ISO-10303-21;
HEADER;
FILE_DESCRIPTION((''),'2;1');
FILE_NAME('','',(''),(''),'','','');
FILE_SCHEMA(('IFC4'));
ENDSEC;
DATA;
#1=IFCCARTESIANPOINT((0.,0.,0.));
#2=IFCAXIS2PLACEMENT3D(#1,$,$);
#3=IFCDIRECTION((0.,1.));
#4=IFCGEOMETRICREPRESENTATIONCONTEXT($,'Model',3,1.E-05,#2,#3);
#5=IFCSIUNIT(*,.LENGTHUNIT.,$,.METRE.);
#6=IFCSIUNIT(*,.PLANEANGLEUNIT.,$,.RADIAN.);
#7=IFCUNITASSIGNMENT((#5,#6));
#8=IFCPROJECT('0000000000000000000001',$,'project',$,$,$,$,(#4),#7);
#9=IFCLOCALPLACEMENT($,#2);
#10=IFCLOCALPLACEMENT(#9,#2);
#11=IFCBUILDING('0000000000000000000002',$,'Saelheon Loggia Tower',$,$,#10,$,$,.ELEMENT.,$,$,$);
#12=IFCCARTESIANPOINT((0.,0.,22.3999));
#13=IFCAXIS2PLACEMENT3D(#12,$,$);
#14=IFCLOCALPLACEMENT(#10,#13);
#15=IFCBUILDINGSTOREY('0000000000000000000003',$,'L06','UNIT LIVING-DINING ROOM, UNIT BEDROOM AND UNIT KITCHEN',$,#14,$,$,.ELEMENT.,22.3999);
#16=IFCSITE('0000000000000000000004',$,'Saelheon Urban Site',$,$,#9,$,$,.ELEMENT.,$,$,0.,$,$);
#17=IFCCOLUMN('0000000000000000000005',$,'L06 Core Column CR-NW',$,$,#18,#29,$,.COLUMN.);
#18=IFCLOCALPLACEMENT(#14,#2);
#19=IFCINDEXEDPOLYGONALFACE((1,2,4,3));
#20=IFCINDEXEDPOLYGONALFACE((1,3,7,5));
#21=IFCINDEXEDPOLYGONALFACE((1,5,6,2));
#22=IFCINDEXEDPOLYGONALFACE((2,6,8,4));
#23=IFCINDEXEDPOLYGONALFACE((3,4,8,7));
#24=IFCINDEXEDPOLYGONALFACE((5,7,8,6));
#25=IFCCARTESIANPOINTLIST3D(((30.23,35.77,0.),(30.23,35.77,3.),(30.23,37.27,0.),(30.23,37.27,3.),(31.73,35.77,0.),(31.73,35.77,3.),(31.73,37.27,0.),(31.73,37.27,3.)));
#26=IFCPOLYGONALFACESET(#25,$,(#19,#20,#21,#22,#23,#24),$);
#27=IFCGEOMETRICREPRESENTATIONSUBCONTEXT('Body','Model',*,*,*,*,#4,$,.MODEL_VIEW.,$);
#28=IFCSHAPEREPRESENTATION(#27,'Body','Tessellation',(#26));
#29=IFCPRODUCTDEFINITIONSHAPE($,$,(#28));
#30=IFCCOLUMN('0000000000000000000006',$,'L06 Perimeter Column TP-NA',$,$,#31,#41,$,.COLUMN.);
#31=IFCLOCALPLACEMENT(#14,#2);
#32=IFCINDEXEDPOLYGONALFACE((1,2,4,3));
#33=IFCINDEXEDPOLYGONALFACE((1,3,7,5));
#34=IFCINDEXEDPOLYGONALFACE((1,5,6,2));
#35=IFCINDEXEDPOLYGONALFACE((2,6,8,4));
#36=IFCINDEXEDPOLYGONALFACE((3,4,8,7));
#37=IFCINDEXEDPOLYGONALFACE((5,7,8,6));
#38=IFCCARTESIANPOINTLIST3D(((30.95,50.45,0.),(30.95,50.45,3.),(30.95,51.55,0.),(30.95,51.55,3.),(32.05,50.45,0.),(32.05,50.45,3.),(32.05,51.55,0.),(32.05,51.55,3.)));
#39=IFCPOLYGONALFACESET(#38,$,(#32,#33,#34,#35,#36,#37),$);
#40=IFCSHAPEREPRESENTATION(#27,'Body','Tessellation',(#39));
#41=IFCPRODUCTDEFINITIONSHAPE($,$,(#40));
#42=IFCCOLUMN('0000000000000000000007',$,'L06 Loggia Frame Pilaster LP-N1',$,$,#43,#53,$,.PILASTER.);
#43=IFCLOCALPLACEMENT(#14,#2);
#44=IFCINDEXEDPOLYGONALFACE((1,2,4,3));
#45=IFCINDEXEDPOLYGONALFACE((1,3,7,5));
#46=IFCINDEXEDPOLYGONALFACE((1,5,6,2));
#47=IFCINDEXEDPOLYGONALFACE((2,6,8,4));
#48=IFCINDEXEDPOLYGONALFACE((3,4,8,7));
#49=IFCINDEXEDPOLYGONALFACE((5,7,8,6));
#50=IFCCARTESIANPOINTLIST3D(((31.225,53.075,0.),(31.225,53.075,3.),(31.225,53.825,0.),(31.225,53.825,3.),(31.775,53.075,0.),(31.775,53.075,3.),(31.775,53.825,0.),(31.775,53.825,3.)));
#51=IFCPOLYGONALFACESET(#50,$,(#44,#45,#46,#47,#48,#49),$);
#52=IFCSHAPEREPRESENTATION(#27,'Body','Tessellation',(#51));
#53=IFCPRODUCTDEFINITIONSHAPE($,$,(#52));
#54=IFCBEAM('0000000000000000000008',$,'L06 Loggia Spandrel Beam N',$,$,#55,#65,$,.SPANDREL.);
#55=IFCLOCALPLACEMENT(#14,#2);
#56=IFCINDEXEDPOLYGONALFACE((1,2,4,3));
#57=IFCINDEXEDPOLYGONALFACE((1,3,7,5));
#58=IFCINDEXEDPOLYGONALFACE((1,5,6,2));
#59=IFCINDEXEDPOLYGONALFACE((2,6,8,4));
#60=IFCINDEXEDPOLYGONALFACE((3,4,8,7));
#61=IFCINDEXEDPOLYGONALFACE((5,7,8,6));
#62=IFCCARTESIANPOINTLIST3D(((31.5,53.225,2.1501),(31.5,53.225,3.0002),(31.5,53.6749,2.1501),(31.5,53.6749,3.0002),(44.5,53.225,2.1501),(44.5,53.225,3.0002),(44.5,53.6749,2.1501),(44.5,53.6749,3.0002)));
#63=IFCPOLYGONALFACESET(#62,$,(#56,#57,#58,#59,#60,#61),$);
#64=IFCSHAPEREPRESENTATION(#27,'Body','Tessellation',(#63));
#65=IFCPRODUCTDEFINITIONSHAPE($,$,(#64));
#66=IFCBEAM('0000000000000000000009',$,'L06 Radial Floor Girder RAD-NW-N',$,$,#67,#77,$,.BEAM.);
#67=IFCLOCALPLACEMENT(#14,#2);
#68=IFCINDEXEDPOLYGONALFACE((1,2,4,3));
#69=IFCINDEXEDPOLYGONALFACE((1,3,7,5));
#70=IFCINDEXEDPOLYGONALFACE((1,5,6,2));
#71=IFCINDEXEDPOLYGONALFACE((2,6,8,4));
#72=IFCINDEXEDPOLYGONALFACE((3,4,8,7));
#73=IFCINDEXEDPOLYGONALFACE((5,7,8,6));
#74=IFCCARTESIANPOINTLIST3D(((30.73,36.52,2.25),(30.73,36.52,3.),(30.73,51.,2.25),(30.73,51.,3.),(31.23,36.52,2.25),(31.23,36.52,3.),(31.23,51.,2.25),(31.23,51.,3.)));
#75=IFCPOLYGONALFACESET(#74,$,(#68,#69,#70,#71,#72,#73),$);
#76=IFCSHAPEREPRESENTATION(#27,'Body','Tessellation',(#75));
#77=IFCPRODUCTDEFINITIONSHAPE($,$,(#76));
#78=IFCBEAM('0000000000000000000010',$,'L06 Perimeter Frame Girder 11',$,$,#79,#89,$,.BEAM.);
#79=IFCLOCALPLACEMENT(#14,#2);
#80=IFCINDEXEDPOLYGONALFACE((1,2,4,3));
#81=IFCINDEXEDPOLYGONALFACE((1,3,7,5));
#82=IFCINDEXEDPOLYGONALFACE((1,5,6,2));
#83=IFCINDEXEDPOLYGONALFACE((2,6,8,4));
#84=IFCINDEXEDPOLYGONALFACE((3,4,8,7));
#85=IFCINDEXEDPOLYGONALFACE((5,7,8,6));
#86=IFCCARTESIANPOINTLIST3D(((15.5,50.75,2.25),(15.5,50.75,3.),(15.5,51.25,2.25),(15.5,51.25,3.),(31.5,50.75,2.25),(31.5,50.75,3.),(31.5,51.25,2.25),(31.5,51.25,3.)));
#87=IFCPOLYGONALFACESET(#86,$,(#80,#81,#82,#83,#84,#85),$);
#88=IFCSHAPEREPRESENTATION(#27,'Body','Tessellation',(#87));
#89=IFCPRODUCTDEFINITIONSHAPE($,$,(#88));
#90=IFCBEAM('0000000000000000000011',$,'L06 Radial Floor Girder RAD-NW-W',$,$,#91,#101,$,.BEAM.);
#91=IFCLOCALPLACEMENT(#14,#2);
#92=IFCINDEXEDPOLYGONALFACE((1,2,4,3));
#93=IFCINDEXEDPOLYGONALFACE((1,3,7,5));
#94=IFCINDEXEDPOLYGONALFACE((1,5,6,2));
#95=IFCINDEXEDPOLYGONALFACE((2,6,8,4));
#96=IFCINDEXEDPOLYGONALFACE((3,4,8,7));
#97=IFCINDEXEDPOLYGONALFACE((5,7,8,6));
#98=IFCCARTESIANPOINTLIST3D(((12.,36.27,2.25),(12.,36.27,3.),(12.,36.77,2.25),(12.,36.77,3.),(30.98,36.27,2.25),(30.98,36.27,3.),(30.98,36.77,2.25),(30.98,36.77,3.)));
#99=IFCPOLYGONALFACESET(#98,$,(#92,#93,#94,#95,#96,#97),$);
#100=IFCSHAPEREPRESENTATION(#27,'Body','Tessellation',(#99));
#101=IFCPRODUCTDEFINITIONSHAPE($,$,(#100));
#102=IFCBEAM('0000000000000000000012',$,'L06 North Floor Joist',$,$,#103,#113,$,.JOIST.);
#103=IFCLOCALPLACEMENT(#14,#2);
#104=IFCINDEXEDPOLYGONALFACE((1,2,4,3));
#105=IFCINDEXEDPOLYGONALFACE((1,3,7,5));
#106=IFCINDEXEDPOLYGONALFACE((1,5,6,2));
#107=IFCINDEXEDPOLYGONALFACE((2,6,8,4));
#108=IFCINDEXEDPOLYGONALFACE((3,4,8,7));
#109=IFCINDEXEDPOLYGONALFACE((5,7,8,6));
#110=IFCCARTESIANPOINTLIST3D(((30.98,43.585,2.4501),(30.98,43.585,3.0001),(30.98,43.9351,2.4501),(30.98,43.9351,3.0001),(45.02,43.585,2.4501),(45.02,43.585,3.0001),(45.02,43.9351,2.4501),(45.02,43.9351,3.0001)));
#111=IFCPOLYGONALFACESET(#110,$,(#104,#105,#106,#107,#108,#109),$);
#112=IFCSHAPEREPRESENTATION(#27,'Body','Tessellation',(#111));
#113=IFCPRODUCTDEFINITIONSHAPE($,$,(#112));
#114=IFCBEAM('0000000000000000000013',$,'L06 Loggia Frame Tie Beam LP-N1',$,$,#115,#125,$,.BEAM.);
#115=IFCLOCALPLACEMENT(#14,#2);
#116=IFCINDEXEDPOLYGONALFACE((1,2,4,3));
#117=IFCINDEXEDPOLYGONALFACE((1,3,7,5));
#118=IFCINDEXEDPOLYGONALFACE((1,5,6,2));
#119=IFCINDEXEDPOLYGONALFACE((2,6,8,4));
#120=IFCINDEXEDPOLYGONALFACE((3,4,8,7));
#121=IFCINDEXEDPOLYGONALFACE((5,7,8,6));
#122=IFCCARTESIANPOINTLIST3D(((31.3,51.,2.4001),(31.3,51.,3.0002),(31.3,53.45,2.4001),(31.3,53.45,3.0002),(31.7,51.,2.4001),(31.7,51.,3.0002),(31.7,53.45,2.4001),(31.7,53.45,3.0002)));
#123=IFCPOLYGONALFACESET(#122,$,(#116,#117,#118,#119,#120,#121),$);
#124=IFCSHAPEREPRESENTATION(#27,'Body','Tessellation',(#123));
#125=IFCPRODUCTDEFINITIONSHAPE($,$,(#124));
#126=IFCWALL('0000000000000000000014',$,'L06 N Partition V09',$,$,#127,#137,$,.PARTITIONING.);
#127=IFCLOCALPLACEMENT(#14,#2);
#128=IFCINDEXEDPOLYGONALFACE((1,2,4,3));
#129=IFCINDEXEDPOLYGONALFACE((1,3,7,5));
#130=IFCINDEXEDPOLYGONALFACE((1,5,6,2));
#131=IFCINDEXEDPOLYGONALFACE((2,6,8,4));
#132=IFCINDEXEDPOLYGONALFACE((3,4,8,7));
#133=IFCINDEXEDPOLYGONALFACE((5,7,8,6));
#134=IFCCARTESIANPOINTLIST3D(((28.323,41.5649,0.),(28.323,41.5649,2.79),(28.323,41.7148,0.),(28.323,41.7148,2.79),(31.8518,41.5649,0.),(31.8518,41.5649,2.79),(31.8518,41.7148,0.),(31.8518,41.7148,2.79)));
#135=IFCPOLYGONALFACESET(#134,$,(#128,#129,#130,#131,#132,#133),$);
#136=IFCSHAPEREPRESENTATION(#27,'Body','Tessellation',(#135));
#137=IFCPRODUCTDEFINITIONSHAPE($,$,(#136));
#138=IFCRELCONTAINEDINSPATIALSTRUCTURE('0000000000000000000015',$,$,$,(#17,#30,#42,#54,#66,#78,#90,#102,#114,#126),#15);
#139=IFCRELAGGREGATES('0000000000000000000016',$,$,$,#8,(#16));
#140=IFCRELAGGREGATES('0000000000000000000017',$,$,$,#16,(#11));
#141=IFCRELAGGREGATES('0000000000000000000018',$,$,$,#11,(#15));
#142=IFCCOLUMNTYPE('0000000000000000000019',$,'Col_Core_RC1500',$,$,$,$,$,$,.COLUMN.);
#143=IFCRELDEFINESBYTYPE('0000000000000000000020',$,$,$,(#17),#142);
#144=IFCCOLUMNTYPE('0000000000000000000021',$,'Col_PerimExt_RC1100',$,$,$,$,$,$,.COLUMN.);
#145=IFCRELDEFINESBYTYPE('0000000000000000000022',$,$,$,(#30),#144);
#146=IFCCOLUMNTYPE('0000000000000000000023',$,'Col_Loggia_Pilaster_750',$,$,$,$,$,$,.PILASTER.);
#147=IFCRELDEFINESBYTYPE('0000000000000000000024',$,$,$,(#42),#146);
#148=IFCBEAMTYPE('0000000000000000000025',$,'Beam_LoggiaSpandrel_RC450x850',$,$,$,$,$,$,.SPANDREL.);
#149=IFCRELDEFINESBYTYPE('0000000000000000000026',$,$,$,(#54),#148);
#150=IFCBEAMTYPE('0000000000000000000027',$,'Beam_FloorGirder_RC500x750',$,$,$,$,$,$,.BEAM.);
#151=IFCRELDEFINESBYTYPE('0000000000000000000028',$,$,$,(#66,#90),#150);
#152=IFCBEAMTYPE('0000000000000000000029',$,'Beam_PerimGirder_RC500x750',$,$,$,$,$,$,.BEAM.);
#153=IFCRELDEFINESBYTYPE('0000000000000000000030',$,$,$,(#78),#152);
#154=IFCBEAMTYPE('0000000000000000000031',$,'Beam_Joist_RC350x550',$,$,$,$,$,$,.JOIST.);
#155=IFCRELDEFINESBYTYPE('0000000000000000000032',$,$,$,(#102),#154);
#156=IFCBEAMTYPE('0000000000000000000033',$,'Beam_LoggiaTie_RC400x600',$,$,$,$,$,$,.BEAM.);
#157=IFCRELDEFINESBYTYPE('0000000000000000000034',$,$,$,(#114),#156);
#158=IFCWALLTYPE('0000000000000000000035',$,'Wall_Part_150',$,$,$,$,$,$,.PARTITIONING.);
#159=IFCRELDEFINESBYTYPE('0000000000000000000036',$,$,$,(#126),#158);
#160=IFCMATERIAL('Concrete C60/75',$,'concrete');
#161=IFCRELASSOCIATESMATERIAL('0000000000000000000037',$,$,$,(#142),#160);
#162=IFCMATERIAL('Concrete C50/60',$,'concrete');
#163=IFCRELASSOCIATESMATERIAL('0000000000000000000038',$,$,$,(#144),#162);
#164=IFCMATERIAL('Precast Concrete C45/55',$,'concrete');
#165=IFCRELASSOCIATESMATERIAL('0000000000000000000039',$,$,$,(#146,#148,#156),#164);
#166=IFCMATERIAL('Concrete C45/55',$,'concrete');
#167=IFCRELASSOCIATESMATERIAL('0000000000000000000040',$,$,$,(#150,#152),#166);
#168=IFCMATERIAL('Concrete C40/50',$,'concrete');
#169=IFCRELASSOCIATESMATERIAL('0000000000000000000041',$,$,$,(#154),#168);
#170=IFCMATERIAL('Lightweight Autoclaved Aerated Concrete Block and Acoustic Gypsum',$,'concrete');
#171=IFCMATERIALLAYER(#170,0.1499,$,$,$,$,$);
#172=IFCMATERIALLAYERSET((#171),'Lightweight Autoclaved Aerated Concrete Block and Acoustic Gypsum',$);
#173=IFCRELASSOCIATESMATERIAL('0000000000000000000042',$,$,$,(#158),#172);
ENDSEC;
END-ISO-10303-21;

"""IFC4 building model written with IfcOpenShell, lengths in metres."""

from ifc_helpers import new_model, si_unit, direction, frame, frame_2d, origin, origin_2d, place, context, subcontext, project, spatial, rectangle, extrude, source, transform, mapped, material, layer, layer_set, material_profile, profile_set, type_object, element, save


model = new_model("IFC4")

# Units and contexts
model_context = context("Model", 3, precision=1e-05, world=origin(), true_north=direction((0.0, 1.0)))
body_context = subcontext(model_context, "Body", "Model", "MODEL_VIEW")
ifc_project = project(units=[si_unit("LENGTHUNIT", "METRE"), si_unit("PLANEANGLEUNIT", "RADIAN")], contexts=[model_context])

# Site, building, storey
site_placement = place(None, origin())
site = spatial("IfcSite", under=ifc_project, at=site_placement, Name="Saelheon Urban Site", CompositionType="ELEMENT", RefElevation=0.0)
building_placement = place(site_placement, origin())
building = spatial("IfcBuilding", under=site, at=building_placement, Name="Saelheon Loggia Tower", CompositionType="ELEMENT")
storey_placement = place(building_placement, frame((0.0, 0.0, 22.3999)))
storey = spatial("IfcBuildingStorey", under=building, at=storey_placement, Name="L06", Description="UNIT LIVING-DINING ROOM, UNIT BEDROOM AND UNIT KITCHEN", CompositionType="ELEMENT", Elevation=22.3999)

# Columns
ifc_material_1 = material(Name="Concrete C60/75", Category="concrete")
ifc_material_profile_1 = material_profile(ifc_material_1, rectangle(XDim=1.5, YDim=1.5, at=origin_2d()), Name="RC-1500x1500")
ifc_profile_set_1 = profile_set([ifc_material_profile_1], Name="Concrete C60/75")
column_type_1 = type_object("IfcColumnType", Name="Col_Core_RC1500", PredefinedType="COLUMN", material=ifc_profile_set_1)
shared_shape_1 = source(origin(), body_context, "Body", "SweptSolid", [
    extrude(rectangle(XDim=1.5, YDim=1.5, at=origin_2d()), origin(), (0.0, 0.0, 1.0), 3.0),
])
column_1_placement = place(storey_placement, frame((30.98, 36.52, 0.0), z_axis=(0.0, 0.0, 1.0), x_axis=(1.0, 0.0, 0.0)))
element("IfcColumn", 1, at=column_1_placement, inside=storey, type_object=column_type_1, Name="L06 Core Column CR-NW", PredefinedType="COLUMN", context=body_context, shape_type="MappedRepresentation", body=[
    mapped(shared_shape_1, transform((0.0, 0.0, 0.0), scale=1.0)),
])
ifc_material_2 = material(Name="Concrete C50/60", Category="concrete")
ifc_material_profile_2 = material_profile(ifc_material_2, rectangle(XDim=1.1001, YDim=1.1001, at=origin_2d()), Name="RC-1100x1100")
ifc_profile_set_2 = profile_set([ifc_material_profile_2], Name="Concrete C50/60")
column_type_2 = type_object("IfcColumnType", Name="Col_PerimExt_RC1100", PredefinedType="COLUMN", material=ifc_profile_set_2)
shared_shape_2 = source(origin(), body_context, "Body", "SweptSolid", [
    extrude(rectangle(XDim=1.1001, YDim=1.1001, at=origin_2d()), origin(), (0.0, 0.0, 1.0), 3.0),
])
column_2_placement = place(storey_placement, frame((31.5, 51.0, 0.0), z_axis=(0.0, 0.0, 1.0), x_axis=(1.0, 0.0, 0.0)))
element("IfcColumn", 2, at=column_2_placement, inside=storey, type_object=column_type_2, Name="L06 Perimeter Column TP-NA", PredefinedType="COLUMN", context=body_context, shape_type="MappedRepresentation", body=[
    mapped(shared_shape_2, transform((0.0, 0.0, 0.0), scale=1.0)),
])
ifc_material_3 = material(Name="Precast Concrete C45/55", Category="concrete")
ifc_material_profile_3 = material_profile(ifc_material_3, rectangle(XDim=0.55, YDim=0.75, at=origin_2d()), Name="RC-550x750")
ifc_profile_set_3 = profile_set([ifc_material_profile_3], Name="Precast Concrete C45/55")
column_type_3 = type_object("IfcColumnType", Name="Col_Loggia_Pilaster_750", PredefinedType="PILASTER", material=ifc_profile_set_3)
shared_shape_3 = source(origin(), body_context, "Body", "SweptSolid", [
    extrude(rectangle(XDim=0.55, YDim=0.75, at=origin_2d()), origin(), (0.0, 0.0, 1.0), 3.0),
])
column_3_placement = place(storey_placement, frame((31.5, 53.45, 0.0), z_axis=(0.0, 0.0, 1.0), x_axis=(1.0, 0.0, 0.0)))
element("IfcColumn", 3, at=column_3_placement, inside=storey, type_object=column_type_3, Name="L06 Loggia Frame Pilaster LP-N1", PredefinedType="PILASTER", context=body_context, shape_type="MappedRepresentation", body=[
    mapped(shared_shape_3, transform((0.0, 0.0, 0.0), scale=1.0)),
])

# Beams
ifc_material_profile_4 = material_profile(ifc_material_3, rectangle(XDim=0.45, YDim=0.8501, at=origin_2d()), Name="RC-450x850")
ifc_profile_set_4 = profile_set([ifc_material_profile_4], Name="Precast Concrete C45/55")
beam_type_1 = type_object("IfcBeamType", Name="Beam_LoggiaSpandrel_RC450x850", PredefinedType="SPANDREL", material=ifc_profile_set_4)
shared_shape_4 = source(origin(), body_context, "Body", "SweptSolid", [
    extrude(rectangle(XDim=0.45, YDim=0.8501, at=origin_2d()), origin(), (0.0, 0.0, 1.0), 13.0),
])
beam_1_placement = place(storey_placement, frame((31.5, 53.45, 2.5752), z_axis=(1.0, 0.0, 0.0), x_axis=(0.0, 1.0, 0.0)))
element("IfcBeam", 4, at=beam_1_placement, inside=storey, type_object=beam_type_1, Name="L06 Loggia Spandrel Beam N", PredefinedType="SPANDREL", context=body_context, shape_type="MappedRepresentation", body=[
    mapped(shared_shape_4, transform((0.0, 0.0, 0.0), scale=1.0)),
])
ifc_material_4 = material(Name="Concrete C45/55", Category="concrete")
ifc_material_profile_5 = material_profile(ifc_material_4, rectangle(XDim=0.5, YDim=0.75, at=origin_2d()), Name="RC-500x750")
ifc_profile_set_5 = profile_set([ifc_material_profile_5], Name="Concrete C45/55")
beam_type_2 = type_object("IfcBeamType", Name="Beam_FloorGirder_RC500x750", PredefinedType="BEAM", material=ifc_profile_set_5)
shared_shape_5 = source(origin(), body_context, "Body", "SweptSolid", [
    extrude(rectangle(XDim=0.5, YDim=0.75, at=origin_2d()), origin(), (0.0, 0.0, 1.0), 14.48),
])
beam_2_placement = place(storey_placement, frame((30.98, 36.52, 2.625), z_axis=(0.0, 1.0, 0.0), x_axis=(-1.0, 0.0, 0.0)))
element("IfcBeam", 5, at=beam_2_placement, inside=storey, type_object=beam_type_2, Name="L06 Radial Floor Girder RAD-NW-N", PredefinedType="BEAM", context=body_context, shape_type="MappedRepresentation", body=[
    mapped(shared_shape_5, transform((0.0, 0.0, 0.0), scale=1.0)),
])
ifc_material_profile_6 = material_profile(ifc_material_4, rectangle(XDim=0.5, YDim=0.75, at=origin_2d()), Name="RC-500x750")
ifc_profile_set_6 = profile_set([ifc_material_profile_6], Name="Concrete C45/55")
beam_type_3 = type_object("IfcBeamType", Name="Beam_PerimGirder_RC500x750", PredefinedType="BEAM", material=ifc_profile_set_6)
shared_shape_6 = source(origin(), body_context, "Body", "SweptSolid", [
    extrude(rectangle(XDim=0.5, YDim=0.75, at=origin_2d()), origin(), (0.0, 0.0, 1.0), 16.0),
])
beam_3_placement = place(storey_placement, frame((31.5, 51.0, 2.625), z_axis=(-1.0, 0.0, 0.0), x_axis=(0.0, -1.0, 0.0)))
element("IfcBeam", 6, at=beam_3_placement, inside=storey, type_object=beam_type_3, Name="L06 Perimeter Frame Girder 11", PredefinedType="BEAM", context=body_context, shape_type="MappedRepresentation", body=[
    mapped(shared_shape_6, transform((0.0, 0.0, 0.0), scale=1.0)),
])
shared_shape_7 = source(origin(), body_context, "Body", "SweptSolid", [
    extrude(rectangle(XDim=0.5, YDim=0.75, at=origin_2d()), origin(), (0.0, 0.0, 1.0), 18.98),
])
beam_4_placement = place(storey_placement, frame((30.98, 36.52, 2.625), z_axis=(-1.0, 0.0, 0.0), x_axis=(0.0, -1.0, 0.0)))
element("IfcBeam", 7, at=beam_4_placement, inside=storey, type_object=beam_type_2, Name="L06 Radial Floor Girder RAD-NW-W", PredefinedType="BEAM", context=body_context, shape_type="MappedRepresentation", body=[
    mapped(shared_shape_7, transform((0.0, 0.0, 0.0), scale=1.0)),
])
ifc_material_5 = material(Name="Concrete C40/50", Category="concrete")
ifc_material_profile_7 = material_profile(ifc_material_5, rectangle(XDim=0.3501, YDim=0.55, at=origin_2d()), Name="RC-350x550")
ifc_profile_set_7 = profile_set([ifc_material_profile_7], Name="Concrete C40/50")
beam_type_4 = type_object("IfcBeamType", Name="Beam_Joist_RC350x550", PredefinedType="JOIST", material=ifc_profile_set_7)
shared_shape_8 = source(origin(), body_context, "Body", "SweptSolid", [
    extrude(rectangle(XDim=0.3501, YDim=0.55, at=origin_2d()), origin(), (0.0, 0.0, 1.0), 14.04),
])
beam_5_placement = place(storey_placement, frame((30.98, 43.76, 2.7251), z_axis=(1.0, 0.0, 0.0), x_axis=(0.0, 1.0, 0.0)))
element("IfcBeam", 8, at=beam_5_placement, inside=storey, type_object=beam_type_4, Name="L06 North Floor Joist", PredefinedType="JOIST", context=body_context, shape_type="MappedRepresentation", body=[
    mapped(shared_shape_8, transform((0.0, 0.0, 0.0), scale=1.0)),
])
ifc_material_profile_8 = material_profile(ifc_material_3, rectangle(XDim=0.3999, YDim=0.6001, at=origin_2d()), Name="RC-400x600")
ifc_profile_set_8 = profile_set([ifc_material_profile_8], Name="Precast Concrete C45/55")
beam_type_5 = type_object("IfcBeamType", Name="Beam_LoggiaTie_RC400x600", PredefinedType="BEAM", material=ifc_profile_set_8)
shared_shape_9 = source(origin(), body_context, "Body", "SweptSolid", [
    extrude(rectangle(XDim=0.3999, YDim=0.6001, at=origin_2d()), origin(), (0.0, 0.0, 1.0), 2.45),
])
beam_6_placement = place(storey_placement, frame((31.5, 51.0, 2.7002), z_axis=(0.0, 1.0, 0.0), x_axis=(-1.0, 0.0, 0.0)))
element("IfcBeam", 9, at=beam_6_placement, inside=storey, type_object=beam_type_5, Name="L06 Loggia Frame Tie Beam LP-N1", PredefinedType="BEAM", context=body_context, shape_type="MappedRepresentation", body=[
    mapped(shared_shape_9, transform((0.0, 0.0, 0.0), scale=1.0)),
])

# Wall
ifc_material_6 = material(Name="Lightweight Autoclaved Aerated Concrete Block and Acoustic Gypsum", Category="concrete")
ifc_layer_1 = layer(ifc_material_6, 0.1499)
ifc_layer_set_1 = layer_set([ifc_layer_1], Name="Lightweight Autoclaved Aerated Concrete Block and Acoustic Gypsum")
wall_type_1 = type_object("IfcWallType", Name="Wall_Part_150", PredefinedType="PARTITIONING", material=ifc_layer_set_1)
wall_1_placement = place(storey_placement, frame((28.323, 41.6399, 0.0), z_axis=(0.0, 0.0, 1.0), x_axis=(1.0, 0.0, 0.0)))
element("IfcWall", 10, at=wall_1_placement, inside=storey, type_object=wall_type_1, Name="L06 N Partition V09", PredefinedType="PARTITIONING", context=body_context, shape_type="SweptSolid", body=[
    extrude(rectangle(XDim=3.5288, YDim=0.1499, at=frame_2d((1.7644, 0.0))), origin(), (0.0, 0.0, 1.0), 2.79),
])

save(model, "model.ifc")
